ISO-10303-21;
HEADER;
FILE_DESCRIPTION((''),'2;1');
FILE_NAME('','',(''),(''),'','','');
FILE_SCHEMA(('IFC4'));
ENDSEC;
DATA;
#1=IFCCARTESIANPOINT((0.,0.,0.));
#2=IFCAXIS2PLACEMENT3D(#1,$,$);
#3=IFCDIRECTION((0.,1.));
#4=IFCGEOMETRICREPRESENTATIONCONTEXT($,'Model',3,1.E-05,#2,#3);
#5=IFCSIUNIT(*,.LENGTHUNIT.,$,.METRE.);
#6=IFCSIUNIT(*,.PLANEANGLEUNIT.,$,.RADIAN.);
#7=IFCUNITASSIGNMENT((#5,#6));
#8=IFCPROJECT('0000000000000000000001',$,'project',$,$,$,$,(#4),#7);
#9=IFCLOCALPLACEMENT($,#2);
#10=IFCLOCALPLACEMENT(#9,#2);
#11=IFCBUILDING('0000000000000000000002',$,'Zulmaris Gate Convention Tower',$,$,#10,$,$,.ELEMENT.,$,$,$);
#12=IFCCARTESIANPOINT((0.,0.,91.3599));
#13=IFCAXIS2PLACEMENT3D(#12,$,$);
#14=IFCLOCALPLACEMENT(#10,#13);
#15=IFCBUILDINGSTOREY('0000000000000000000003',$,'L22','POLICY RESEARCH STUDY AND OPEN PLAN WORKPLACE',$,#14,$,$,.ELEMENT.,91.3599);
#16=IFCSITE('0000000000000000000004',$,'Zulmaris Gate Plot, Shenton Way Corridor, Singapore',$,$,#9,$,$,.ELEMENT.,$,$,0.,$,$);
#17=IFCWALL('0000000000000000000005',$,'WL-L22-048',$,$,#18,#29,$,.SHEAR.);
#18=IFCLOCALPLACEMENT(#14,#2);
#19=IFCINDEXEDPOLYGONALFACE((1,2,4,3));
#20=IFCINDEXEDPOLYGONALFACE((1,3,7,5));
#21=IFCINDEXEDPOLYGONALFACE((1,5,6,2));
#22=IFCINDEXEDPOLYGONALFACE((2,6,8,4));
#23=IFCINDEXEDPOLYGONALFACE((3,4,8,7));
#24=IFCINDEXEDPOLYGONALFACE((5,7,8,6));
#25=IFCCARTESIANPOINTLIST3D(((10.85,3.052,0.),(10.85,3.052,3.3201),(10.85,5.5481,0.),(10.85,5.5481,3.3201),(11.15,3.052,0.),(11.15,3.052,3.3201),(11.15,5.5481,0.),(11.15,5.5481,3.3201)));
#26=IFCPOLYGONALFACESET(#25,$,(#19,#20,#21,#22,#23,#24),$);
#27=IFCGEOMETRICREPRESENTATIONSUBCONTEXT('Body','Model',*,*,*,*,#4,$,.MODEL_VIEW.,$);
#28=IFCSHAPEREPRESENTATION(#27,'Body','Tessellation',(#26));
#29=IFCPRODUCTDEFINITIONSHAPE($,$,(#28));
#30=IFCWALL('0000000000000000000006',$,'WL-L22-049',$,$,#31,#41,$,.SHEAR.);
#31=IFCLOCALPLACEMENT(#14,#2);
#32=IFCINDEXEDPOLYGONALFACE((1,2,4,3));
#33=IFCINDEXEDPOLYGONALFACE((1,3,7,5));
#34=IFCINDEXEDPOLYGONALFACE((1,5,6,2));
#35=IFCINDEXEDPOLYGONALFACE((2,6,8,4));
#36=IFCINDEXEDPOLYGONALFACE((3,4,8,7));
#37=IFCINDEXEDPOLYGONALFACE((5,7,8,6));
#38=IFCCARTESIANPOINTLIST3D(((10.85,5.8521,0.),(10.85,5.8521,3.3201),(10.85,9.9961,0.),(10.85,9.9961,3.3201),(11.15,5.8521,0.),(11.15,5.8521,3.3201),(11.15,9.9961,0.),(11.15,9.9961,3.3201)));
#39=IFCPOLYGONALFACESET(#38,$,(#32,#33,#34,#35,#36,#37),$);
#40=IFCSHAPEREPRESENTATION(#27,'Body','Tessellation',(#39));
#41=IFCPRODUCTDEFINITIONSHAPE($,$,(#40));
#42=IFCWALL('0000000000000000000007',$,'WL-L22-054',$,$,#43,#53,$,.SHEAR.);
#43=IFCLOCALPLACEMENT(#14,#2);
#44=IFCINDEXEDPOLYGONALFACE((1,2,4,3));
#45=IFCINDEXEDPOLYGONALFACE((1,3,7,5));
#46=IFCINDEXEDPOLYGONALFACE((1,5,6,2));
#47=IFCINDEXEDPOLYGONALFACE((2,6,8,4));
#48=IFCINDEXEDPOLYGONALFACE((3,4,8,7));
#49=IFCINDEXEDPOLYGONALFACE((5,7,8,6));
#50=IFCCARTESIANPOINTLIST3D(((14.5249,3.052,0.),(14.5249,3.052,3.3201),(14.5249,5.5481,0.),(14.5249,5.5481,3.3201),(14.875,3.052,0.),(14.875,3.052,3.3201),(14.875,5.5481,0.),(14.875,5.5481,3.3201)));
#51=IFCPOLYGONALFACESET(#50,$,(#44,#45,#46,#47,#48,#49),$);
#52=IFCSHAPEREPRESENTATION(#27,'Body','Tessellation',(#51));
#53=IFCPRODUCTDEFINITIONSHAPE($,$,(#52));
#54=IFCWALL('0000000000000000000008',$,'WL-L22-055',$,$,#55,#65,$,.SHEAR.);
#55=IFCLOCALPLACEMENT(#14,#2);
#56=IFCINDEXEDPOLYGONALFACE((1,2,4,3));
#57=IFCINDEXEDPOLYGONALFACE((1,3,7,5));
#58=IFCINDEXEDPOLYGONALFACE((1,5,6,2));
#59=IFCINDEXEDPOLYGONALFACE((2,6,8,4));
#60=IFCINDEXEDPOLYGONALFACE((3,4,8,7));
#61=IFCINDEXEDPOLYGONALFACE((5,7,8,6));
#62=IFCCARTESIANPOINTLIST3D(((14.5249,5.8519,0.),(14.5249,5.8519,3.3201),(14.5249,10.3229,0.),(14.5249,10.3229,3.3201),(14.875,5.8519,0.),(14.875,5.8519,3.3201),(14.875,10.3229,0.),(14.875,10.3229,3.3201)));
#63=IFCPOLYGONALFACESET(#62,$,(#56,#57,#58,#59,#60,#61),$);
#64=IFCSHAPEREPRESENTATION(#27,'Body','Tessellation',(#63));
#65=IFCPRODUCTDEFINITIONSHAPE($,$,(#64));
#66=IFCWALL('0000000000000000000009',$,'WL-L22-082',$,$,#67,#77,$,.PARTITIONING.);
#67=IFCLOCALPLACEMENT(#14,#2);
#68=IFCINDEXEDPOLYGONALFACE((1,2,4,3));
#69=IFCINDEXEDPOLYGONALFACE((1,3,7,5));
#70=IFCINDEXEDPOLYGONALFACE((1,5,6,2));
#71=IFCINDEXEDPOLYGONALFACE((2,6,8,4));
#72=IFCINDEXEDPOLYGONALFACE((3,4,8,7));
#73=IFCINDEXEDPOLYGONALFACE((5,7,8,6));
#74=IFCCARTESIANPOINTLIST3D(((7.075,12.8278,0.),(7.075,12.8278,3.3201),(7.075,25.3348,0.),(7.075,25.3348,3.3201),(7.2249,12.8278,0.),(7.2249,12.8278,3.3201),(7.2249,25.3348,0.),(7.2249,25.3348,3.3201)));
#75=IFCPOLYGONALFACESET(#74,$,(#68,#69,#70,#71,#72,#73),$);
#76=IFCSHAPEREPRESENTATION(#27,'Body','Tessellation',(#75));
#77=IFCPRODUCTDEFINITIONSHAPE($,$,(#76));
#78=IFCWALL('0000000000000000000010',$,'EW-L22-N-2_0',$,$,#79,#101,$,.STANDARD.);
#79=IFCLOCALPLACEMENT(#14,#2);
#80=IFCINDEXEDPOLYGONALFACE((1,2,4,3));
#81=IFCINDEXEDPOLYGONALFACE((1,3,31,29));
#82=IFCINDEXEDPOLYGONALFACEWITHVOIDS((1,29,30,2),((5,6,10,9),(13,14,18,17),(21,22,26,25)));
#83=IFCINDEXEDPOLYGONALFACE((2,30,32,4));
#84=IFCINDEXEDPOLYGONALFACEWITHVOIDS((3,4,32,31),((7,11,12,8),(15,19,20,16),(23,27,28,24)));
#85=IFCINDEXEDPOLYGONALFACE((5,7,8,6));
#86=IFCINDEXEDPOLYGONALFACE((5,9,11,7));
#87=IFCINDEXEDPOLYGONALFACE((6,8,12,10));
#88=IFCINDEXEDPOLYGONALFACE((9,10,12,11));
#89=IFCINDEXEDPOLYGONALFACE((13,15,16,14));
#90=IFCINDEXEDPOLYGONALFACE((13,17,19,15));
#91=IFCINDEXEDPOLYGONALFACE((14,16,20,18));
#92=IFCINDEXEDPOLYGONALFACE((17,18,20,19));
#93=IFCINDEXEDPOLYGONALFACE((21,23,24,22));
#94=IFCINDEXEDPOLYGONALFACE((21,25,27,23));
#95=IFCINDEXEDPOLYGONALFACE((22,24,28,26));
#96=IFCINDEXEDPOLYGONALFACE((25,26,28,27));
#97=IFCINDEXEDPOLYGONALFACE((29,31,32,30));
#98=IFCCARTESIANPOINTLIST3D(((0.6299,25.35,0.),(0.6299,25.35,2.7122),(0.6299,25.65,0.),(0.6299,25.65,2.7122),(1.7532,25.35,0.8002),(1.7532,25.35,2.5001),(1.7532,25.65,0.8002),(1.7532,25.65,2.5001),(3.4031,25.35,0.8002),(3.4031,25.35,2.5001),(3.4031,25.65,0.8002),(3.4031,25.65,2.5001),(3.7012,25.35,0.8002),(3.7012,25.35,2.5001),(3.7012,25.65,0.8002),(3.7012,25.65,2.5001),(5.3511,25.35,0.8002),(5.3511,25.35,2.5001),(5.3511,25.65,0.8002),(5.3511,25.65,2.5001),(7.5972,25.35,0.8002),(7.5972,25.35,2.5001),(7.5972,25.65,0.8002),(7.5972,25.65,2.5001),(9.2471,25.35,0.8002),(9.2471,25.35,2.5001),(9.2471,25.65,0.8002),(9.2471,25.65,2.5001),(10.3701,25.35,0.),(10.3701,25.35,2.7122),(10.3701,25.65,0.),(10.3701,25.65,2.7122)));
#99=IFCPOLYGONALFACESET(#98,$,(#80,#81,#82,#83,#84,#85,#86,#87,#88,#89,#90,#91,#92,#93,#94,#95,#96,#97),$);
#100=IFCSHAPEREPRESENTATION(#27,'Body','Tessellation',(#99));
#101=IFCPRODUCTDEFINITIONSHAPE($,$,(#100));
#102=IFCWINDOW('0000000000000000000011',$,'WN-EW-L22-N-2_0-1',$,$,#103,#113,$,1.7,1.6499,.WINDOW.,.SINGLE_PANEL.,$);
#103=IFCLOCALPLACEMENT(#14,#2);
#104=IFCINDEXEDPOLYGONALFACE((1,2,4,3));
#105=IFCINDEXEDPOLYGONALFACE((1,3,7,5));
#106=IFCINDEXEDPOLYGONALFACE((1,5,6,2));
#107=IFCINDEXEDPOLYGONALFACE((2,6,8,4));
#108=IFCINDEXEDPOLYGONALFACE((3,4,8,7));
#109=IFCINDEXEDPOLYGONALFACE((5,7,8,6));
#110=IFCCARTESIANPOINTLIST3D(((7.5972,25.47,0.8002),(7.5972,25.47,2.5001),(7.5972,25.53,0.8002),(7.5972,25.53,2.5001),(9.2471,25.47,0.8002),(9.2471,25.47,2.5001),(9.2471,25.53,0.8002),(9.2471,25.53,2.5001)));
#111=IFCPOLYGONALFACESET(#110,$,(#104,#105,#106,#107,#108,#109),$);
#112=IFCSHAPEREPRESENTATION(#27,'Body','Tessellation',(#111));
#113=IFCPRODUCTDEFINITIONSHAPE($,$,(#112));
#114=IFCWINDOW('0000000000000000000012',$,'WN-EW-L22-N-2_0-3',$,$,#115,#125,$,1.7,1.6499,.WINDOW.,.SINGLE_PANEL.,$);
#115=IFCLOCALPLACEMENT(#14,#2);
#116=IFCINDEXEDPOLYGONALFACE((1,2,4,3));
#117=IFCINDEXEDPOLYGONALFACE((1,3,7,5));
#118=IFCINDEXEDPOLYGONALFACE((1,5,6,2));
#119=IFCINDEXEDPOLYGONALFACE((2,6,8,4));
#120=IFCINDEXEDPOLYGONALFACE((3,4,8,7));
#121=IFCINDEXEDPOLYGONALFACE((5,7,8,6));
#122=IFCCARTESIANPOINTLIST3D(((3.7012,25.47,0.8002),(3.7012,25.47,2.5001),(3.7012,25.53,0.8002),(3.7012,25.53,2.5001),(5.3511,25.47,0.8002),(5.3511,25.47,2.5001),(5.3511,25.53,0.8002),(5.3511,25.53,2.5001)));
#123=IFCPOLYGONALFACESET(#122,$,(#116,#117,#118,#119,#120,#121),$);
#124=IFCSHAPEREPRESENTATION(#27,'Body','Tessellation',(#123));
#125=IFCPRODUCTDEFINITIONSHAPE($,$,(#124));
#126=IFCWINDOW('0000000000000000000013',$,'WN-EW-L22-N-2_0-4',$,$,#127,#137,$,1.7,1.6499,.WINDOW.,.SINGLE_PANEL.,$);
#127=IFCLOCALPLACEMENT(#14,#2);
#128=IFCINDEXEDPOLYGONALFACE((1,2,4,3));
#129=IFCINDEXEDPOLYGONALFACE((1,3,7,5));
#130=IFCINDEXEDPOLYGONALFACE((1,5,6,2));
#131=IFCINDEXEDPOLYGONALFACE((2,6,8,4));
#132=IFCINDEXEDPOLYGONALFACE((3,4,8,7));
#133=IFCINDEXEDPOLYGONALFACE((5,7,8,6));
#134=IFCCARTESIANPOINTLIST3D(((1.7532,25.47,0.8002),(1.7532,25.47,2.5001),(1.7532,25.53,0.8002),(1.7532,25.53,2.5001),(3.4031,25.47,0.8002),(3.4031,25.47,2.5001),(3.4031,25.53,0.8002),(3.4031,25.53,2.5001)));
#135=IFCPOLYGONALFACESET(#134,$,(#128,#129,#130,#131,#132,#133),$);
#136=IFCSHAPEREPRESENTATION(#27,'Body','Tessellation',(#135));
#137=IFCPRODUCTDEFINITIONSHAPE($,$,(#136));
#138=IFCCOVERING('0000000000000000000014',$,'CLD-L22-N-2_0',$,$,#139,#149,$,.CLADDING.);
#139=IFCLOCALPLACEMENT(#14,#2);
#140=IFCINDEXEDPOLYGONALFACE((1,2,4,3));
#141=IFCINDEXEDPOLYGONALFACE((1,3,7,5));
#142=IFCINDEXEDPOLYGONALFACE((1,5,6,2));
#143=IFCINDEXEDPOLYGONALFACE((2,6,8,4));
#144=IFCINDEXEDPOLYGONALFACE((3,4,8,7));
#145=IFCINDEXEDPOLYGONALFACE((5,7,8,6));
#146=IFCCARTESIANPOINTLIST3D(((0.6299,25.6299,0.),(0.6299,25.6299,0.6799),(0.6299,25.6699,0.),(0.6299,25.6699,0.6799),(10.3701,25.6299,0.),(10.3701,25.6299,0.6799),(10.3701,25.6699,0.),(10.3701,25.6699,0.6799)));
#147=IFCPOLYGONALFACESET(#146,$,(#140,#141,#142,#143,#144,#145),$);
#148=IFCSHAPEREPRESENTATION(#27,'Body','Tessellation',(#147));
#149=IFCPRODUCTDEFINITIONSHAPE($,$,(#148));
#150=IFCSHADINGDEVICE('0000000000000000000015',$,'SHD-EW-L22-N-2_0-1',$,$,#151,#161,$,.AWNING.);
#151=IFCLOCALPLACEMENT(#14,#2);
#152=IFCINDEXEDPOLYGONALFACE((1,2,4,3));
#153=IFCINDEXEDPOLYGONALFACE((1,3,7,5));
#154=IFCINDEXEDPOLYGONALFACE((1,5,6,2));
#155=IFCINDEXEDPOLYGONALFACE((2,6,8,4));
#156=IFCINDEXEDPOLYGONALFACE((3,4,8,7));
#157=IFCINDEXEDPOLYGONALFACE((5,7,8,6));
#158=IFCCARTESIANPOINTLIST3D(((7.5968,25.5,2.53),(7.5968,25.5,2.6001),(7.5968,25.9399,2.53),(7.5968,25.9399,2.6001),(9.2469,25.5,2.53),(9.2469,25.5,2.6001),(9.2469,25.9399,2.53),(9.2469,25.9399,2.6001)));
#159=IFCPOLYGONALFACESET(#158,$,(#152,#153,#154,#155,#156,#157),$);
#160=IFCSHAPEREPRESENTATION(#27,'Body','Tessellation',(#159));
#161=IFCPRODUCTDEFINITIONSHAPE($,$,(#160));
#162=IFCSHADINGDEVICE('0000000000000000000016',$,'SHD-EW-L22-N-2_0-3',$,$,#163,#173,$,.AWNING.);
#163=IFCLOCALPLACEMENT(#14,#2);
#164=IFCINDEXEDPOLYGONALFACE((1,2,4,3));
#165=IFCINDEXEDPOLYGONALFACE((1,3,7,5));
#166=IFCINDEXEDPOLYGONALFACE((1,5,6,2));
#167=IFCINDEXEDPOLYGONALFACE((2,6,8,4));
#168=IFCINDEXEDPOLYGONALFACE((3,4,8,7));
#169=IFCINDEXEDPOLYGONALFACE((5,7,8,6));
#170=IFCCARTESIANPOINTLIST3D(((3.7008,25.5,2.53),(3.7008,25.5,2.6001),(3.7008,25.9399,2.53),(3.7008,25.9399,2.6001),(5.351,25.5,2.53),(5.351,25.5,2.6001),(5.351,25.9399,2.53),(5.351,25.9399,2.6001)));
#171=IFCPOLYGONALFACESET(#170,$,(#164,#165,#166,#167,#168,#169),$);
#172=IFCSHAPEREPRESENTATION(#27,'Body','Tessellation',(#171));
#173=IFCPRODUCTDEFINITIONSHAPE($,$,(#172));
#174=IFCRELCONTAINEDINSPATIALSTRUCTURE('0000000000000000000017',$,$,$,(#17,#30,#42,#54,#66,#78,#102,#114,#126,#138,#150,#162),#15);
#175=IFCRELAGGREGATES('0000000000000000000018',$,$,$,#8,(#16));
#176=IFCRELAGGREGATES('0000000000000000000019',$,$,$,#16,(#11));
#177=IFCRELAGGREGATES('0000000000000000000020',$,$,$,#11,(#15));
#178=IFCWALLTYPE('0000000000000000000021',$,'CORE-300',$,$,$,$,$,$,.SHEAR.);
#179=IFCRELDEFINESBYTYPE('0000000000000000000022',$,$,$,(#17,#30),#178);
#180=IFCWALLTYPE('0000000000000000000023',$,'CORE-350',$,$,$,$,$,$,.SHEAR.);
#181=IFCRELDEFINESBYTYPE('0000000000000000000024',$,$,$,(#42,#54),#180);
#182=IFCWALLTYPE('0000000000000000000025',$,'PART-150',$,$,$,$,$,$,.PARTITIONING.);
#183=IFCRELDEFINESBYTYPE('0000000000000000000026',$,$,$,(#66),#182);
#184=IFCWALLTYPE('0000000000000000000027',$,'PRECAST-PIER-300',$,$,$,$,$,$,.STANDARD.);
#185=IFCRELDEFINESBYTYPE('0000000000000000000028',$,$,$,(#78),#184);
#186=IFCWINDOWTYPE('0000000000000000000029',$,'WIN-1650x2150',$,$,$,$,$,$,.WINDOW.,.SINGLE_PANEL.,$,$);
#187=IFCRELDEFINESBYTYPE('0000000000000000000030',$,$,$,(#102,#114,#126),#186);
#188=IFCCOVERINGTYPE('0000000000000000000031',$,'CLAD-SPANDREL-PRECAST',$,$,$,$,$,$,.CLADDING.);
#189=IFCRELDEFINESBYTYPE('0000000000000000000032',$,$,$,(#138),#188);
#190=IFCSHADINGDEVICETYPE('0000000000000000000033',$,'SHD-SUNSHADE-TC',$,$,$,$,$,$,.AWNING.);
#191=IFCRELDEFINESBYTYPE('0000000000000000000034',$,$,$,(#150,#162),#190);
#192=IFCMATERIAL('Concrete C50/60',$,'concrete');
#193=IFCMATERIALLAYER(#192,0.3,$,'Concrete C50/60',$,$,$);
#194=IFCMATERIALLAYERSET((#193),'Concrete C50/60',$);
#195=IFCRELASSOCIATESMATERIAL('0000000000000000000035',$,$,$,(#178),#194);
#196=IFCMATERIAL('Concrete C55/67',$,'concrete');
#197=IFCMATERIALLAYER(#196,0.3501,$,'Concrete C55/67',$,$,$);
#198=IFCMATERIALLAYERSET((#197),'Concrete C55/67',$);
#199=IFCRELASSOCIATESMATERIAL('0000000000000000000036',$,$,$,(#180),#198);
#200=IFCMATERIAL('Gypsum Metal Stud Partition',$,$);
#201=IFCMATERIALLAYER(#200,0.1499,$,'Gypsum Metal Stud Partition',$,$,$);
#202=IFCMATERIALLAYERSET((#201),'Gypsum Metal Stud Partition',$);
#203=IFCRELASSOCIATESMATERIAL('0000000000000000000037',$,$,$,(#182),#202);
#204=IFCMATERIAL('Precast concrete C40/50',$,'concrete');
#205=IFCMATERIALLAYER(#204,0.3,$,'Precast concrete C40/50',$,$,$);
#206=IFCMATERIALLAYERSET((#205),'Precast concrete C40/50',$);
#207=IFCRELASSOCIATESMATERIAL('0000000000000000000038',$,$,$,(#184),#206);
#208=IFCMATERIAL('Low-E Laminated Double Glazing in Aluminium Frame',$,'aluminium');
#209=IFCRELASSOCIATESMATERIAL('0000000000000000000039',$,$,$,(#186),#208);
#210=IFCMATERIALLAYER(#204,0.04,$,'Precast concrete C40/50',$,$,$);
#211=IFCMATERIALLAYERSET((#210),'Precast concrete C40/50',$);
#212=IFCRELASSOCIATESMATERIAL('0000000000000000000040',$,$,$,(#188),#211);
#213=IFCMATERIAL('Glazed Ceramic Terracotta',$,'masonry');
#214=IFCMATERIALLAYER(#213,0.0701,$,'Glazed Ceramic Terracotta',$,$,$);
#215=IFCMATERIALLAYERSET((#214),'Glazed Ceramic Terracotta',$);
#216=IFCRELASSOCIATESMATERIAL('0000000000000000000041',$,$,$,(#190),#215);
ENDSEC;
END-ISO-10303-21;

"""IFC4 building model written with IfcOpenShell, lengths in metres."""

from ifc_helpers import new_model, si_unit, direction, frame, frame_2d, origin, place, context, subcontext, project, spatial, rectangle, extrude, material, layer, layer_set, type_object, element, fill, save


model = new_model("IFC4")

# Units and contexts
model_context = context("Model", 3, precision=1e-05, world=origin(), true_north=direction((0.0, 1.0)))
body_context = subcontext(model_context, "Body", "Model", "MODEL_VIEW")
ifc_project = project(units=[si_unit("LENGTHUNIT", "METRE"), si_unit("PLANEANGLEUNIT", "RADIAN")], contexts=[model_context])

# Site, building, storey
site_placement = place(None, origin())
site = spatial("IfcSite", under=ifc_project, at=site_placement, Name="Zulmaris Gate Plot, Shenton Way Corridor, Singapore", CompositionType="ELEMENT", RefElevation=0.0)
building_placement = place(site_placement, origin())
building = spatial("IfcBuilding", under=site, at=building_placement, Name="Zulmaris Gate Convention Tower", CompositionType="ELEMENT")
storey_placement = place(building_placement, frame((0.0, 0.0, 91.3599)))
storey = spatial("IfcBuildingStorey", under=building, at=storey_placement, Name="L22", Description="POLICY RESEARCH STUDY AND OPEN PLAN WORKPLACE", CompositionType="ELEMENT", Elevation=91.3599)

# Shared definitions
ifc_material_1 = material(Name="Concrete C50/60", Category="concrete")
ifc_layer_1 = layer(ifc_material_1, 0.3, Name="Concrete C50/60")
ifc_layer_set_1 = layer_set([ifc_layer_1], Name="Concrete C50/60")
wall_type_1 = type_object("IfcWallType", Name="CORE-300", PredefinedType="SHEAR", material=ifc_layer_set_1)

# Walls
wall_1_placement = place(storey_placement, frame((11.0, 3.052, 0.0), z_axis=(0.0, 0.0, 1.0), x_axis=(0.0, 1.0, 0.0)))
element("IfcWall", 1, at=wall_1_placement, inside=storey, type_object=wall_type_1, Name="WL-L22-048", PredefinedType="SHEAR", context=body_context, shape_type="SweptSolid", body=[
    extrude(rectangle(XDim=2.4961, YDim=0.3, at=frame_2d((1.248, 0.0))), origin(), (0.0, 0.0, 1.0), 3.3201),
])
wall_2_placement = place(storey_placement, frame((11.0, 5.8521, 0.0), z_axis=(0.0, 0.0, 1.0), x_axis=(0.0, 1.0, 0.0)))
element("IfcWall", 2, at=wall_2_placement, inside=storey, type_object=wall_type_1, Name="WL-L22-049", PredefinedType="SHEAR", context=body_context, shape_type="SweptSolid", body=[
    extrude(rectangle(XDim=4.144, YDim=0.3, at=frame_2d((2.072, 0.0))), origin(), (0.0, 0.0, 1.0), 3.3201),
])

# Shared definitions
ifc_material_2 = material(Name="Concrete C55/67", Category="concrete")
ifc_layer_2 = layer(ifc_material_2, 0.3501, Name="Concrete C55/67")
ifc_layer_set_2 = layer_set([ifc_layer_2], Name="Concrete C55/67")
wall_type_2 = type_object("IfcWallType", Name="CORE-350", PredefinedType="SHEAR", material=ifc_layer_set_2)

# Walls
wall_3_placement = place(storey_placement, frame((14.7, 3.052, 0.0), z_axis=(0.0, 0.0, 1.0), x_axis=(0.0, 1.0, 0.0)))
element("IfcWall", 3, at=wall_3_placement, inside=storey, type_object=wall_type_2, Name="WL-L22-054", PredefinedType="SHEAR", context=body_context, shape_type="SweptSolid", body=[
    extrude(rectangle(XDim=2.4961, YDim=0.3501, at=frame_2d((1.248, 0.0))), origin(), (0.0, 0.0, 1.0), 3.3201),
])
wall_4_placement = place(storey_placement, frame((14.7, 5.8521, 0.0), z_axis=(0.0, 0.0, 1.0), x_axis=(0.0, 1.0, 0.0)))
element("IfcWall", 4, at=wall_4_placement, inside=storey, type_object=wall_type_2, Name="WL-L22-055", PredefinedType="SHEAR", context=body_context, shape_type="SweptSolid", body=[
    extrude(rectangle(XDim=4.4709, YDim=0.3501, at=frame_2d((2.2354, 0.0))), origin(), (0.0, 0.0, 1.0), 3.3201),
])
ifc_material_3 = material(Name="Gypsum Metal Stud Partition")
ifc_layer_3 = layer(ifc_material_3, 0.1499, Name="Gypsum Metal Stud Partition")
ifc_layer_set_3 = layer_set([ifc_layer_3], Name="Gypsum Metal Stud Partition")
wall_type_3 = type_object("IfcWallType", Name="PART-150", PredefinedType="PARTITIONING", material=ifc_layer_set_3)
wall_5_placement = place(storey_placement, frame((7.1499, 12.8279, 0.0), z_axis=(0.0, 0.0, 1.0), x_axis=(0.0, 1.0, 0.0)))
element("IfcWall", 5, at=wall_5_placement, inside=storey, type_object=wall_type_3, Name="WL-L22-082", PredefinedType="PARTITIONING", context=body_context, shape_type="SweptSolid", body=[
    extrude(rectangle(XDim=12.5071, YDim=0.1499, at=frame_2d((6.2534, 0.0))), origin(), (0.0, 0.0, 1.0), 3.3201),
])

# Wall, openings, windows
ifc_material_4 = material(Name="Precast concrete C40/50", Category="concrete")
ifc_layer_4 = layer(ifc_material_4, 0.3, Name="Precast concrete C40/50")
ifc_layer_set_4 = layer_set([ifc_layer_4], Name="Precast concrete C40/50")
wall_type_4 = type_object("IfcWallType", Name="PRECAST-PIER-300", PredefinedType="STANDARD", material=ifc_layer_set_4)
wall_6_placement = place(storey_placement, frame((10.3701, 25.5, 0.0), z_axis=(0.0, 0.0, 1.0), x_axis=(-1.0, 0.0, 0.0)))
wall_6 = element("IfcWall", 6, at=wall_6_placement, inside=storey, type_object=wall_type_4, Name="EW-L22-N-2_0", PredefinedType="STANDARD", context=body_context, shape_type="SweptSolid", body=[
    extrude(rectangle(XDim=9.7402, YDim=0.3, at=frame_2d((4.8701, 0.0))), origin(), (0.0, 0.0, 1.0), 2.7122),
])
opening_1_placement = place(wall_6_placement, frame((1.123, 0.0, 0.8)))
opening_1 = element("IfcOpeningElement", 7, at=opening_1_placement, cuts=wall_6, PredefinedType="OPENING", context=body_context, shape_type="SweptSolid", body=[
    extrude(rectangle(XDim=1.6499, YDim=1.7, at=frame_2d((0.825, 0.8501))), frame((0.0, 0.1602, 0.0), z_axis=(0.0, -1.0, 0.0), x_axis=(1.0, 0.0, 0.0)), (0.0, 0.0, 1.0), 0.3201),
])
opening_2_placement = place(wall_6_placement, frame((5.019, 0.0, 0.8)))
opening_2 = element("IfcOpeningElement", 8, at=opening_2_placement, cuts=wall_6, PredefinedType="OPENING", context=body_context, shape_type="SweptSolid", body=[
    extrude(rectangle(XDim=1.6499, YDim=1.7, at=frame_2d((0.825, 0.8501))), frame((0.0, 0.1602, 0.0), z_axis=(0.0, -1.0, 0.0), x_axis=(1.0, 0.0, 0.0)), (0.0, 0.0, 1.0), 0.3201),
])
opening_3_placement = place(wall_6_placement, frame((6.967, 0.0, 0.8)))
opening_3 = element("IfcOpeningElement", 9, at=opening_3_placement, cuts=wall_6, PredefinedType="OPENING", context=body_context, shape_type="SweptSolid", body=[
    extrude(rectangle(XDim=1.6499, YDim=1.7, at=frame_2d((0.825, 0.8501))), frame((0.0, 0.1602, 0.0), z_axis=(0.0, -1.0, 0.0), x_axis=(1.0, 0.0, 0.0)), (0.0, 0.0, 1.0), 0.3201),
])
ifc_material_5 = material(Name="Low-E Laminated Double Glazing in Aluminium Frame", Category="aluminium")
window_type = type_object("IfcWindowType", Name="WIN-1650x2150", PartitioningType="SINGLE_PANEL", PredefinedType="WINDOW", material=ifc_material_5)
window_1_placement = place(opening_1_placement, origin())
window_1 = element("IfcWindow", 10, at=window_1_placement, inside=storey, type_object=window_type, Name="WN-EW-L22-N-2_0-1", OverallHeight=1.7, OverallWidth=1.6499, PartitioningType="SINGLE_PANEL", PredefinedType="WINDOW", context=body_context, shape_type="SweptSolid", body=[
    extrude(rectangle(XDim=1.6499, YDim=1.7, at=frame_2d((0.825, 0.8501))), frame((0.0, 0.03, 0.0), z_axis=(0.0, -1.0, 0.0), x_axis=(1.0, 0.0, 0.0)), (0.0, 0.0, 1.0), 0.0601),
])
fill(opening_1, window_1)
window_2_placement = place(opening_2_placement, origin())
window_2 = element("IfcWindow", 11, at=window_2_placement, inside=storey, type_object=window_type, Name="WN-EW-L22-N-2_0-3", OverallHeight=1.7, OverallWidth=1.6499, PartitioningType="SINGLE_PANEL", PredefinedType="WINDOW", context=body_context, shape_type="SweptSolid", body=[
    extrude(rectangle(XDim=1.6499, YDim=1.7, at=frame_2d((0.825, 0.8501))), frame((0.0, 0.03, 0.0), z_axis=(0.0, -1.0, 0.0), x_axis=(1.0, 0.0, 0.0)), (0.0, 0.0, 1.0), 0.0601),
])
fill(opening_2, window_2)
window_3_placement = place(opening_3_placement, origin())
window_3 = element("IfcWindow", 12, at=window_3_placement, inside=storey, type_object=window_type, Name="WN-EW-L22-N-2_0-4", OverallHeight=1.7, OverallWidth=1.6499, PartitioningType="SINGLE_PANEL", PredefinedType="WINDOW", context=body_context, shape_type="SweptSolid", body=[
    extrude(rectangle(XDim=1.6499, YDim=1.7, at=frame_2d((0.825, 0.8501))), frame((0.0, 0.03, 0.0), z_axis=(0.0, -1.0, 0.0), x_axis=(1.0, 0.0, 0.0)), (0.0, 0.0, 1.0), 0.0601),
])
fill(opening_3, window_3)

# Covering
ifc_layer_5 = layer(ifc_material_4, 0.04, Name="Precast concrete C40/50")
ifc_layer_set_5 = layer_set([ifc_layer_5], Name="Precast concrete C40/50")
covering_type = type_object("IfcCoveringType", Name="CLAD-SPANDREL-PRECAST", PredefinedType="CLADDING", material=ifc_layer_set_5)
covering_placement = place(storey_placement, frame((10.3701, 25.6499, 0.0), z_axis=(0.0, 0.0, 1.0), x_axis=(-1.0, 0.0, 0.0)))
element("IfcCovering", 13, at=covering_placement, inside=storey, type_object=covering_type, Name="CLD-L22-N-2_0", PredefinedType="CLADDING", context=body_context, shape_type="SweptSolid", body=[
    extrude(rectangle(XDim=9.7402, YDim=0.04, at=frame_2d((4.8701, 0.0))), origin(), (0.0, 0.0, 1.0), 0.6799),
])

# Shading devices
ifc_material_6 = material(Name="Glazed Ceramic Terracotta", Category="masonry")
ifc_layer_6 = layer(ifc_material_6, 0.0701, Name="Glazed Ceramic Terracotta")
ifc_layer_set_6 = layer_set([ifc_layer_6], Name="Glazed Ceramic Terracotta")
shading_device_type = type_object("IfcShadingDeviceType", Name="SHD-SUNSHADE-TC", PredefinedType="AWNING", material=ifc_layer_set_6)
for number, where, z_axis, x_axis, name in (
    (14, (9.2471, 25.72, 2.53), (0.0, 0.0, 1.0), (-1.0, 0.0, 0.0), "SHD-EW-L22-N-2_0-1"),
    (15, (5.3511, 25.72, 2.53), (0.0, 0.0, 1.0), (-1.0, 0.0, 0.0), "SHD-EW-L22-N-2_0-3"),
):
    element("IfcShadingDevice", number, at=place(storey_placement, frame(where, z_axis=z_axis, x_axis=x_axis)), inside=storey, type_object=shading_device_type, Name=name, PredefinedType="AWNING", context=body_context, shape_type="SweptSolid", body=[
        extrude(rectangle(XDim=1.6501, YDim=0.4399, at=frame_2d((0.8252, 0.0))), origin(), (0.0, 0.0, 1.0), 0.0701),
    ])

save(model, "model.ifc")
